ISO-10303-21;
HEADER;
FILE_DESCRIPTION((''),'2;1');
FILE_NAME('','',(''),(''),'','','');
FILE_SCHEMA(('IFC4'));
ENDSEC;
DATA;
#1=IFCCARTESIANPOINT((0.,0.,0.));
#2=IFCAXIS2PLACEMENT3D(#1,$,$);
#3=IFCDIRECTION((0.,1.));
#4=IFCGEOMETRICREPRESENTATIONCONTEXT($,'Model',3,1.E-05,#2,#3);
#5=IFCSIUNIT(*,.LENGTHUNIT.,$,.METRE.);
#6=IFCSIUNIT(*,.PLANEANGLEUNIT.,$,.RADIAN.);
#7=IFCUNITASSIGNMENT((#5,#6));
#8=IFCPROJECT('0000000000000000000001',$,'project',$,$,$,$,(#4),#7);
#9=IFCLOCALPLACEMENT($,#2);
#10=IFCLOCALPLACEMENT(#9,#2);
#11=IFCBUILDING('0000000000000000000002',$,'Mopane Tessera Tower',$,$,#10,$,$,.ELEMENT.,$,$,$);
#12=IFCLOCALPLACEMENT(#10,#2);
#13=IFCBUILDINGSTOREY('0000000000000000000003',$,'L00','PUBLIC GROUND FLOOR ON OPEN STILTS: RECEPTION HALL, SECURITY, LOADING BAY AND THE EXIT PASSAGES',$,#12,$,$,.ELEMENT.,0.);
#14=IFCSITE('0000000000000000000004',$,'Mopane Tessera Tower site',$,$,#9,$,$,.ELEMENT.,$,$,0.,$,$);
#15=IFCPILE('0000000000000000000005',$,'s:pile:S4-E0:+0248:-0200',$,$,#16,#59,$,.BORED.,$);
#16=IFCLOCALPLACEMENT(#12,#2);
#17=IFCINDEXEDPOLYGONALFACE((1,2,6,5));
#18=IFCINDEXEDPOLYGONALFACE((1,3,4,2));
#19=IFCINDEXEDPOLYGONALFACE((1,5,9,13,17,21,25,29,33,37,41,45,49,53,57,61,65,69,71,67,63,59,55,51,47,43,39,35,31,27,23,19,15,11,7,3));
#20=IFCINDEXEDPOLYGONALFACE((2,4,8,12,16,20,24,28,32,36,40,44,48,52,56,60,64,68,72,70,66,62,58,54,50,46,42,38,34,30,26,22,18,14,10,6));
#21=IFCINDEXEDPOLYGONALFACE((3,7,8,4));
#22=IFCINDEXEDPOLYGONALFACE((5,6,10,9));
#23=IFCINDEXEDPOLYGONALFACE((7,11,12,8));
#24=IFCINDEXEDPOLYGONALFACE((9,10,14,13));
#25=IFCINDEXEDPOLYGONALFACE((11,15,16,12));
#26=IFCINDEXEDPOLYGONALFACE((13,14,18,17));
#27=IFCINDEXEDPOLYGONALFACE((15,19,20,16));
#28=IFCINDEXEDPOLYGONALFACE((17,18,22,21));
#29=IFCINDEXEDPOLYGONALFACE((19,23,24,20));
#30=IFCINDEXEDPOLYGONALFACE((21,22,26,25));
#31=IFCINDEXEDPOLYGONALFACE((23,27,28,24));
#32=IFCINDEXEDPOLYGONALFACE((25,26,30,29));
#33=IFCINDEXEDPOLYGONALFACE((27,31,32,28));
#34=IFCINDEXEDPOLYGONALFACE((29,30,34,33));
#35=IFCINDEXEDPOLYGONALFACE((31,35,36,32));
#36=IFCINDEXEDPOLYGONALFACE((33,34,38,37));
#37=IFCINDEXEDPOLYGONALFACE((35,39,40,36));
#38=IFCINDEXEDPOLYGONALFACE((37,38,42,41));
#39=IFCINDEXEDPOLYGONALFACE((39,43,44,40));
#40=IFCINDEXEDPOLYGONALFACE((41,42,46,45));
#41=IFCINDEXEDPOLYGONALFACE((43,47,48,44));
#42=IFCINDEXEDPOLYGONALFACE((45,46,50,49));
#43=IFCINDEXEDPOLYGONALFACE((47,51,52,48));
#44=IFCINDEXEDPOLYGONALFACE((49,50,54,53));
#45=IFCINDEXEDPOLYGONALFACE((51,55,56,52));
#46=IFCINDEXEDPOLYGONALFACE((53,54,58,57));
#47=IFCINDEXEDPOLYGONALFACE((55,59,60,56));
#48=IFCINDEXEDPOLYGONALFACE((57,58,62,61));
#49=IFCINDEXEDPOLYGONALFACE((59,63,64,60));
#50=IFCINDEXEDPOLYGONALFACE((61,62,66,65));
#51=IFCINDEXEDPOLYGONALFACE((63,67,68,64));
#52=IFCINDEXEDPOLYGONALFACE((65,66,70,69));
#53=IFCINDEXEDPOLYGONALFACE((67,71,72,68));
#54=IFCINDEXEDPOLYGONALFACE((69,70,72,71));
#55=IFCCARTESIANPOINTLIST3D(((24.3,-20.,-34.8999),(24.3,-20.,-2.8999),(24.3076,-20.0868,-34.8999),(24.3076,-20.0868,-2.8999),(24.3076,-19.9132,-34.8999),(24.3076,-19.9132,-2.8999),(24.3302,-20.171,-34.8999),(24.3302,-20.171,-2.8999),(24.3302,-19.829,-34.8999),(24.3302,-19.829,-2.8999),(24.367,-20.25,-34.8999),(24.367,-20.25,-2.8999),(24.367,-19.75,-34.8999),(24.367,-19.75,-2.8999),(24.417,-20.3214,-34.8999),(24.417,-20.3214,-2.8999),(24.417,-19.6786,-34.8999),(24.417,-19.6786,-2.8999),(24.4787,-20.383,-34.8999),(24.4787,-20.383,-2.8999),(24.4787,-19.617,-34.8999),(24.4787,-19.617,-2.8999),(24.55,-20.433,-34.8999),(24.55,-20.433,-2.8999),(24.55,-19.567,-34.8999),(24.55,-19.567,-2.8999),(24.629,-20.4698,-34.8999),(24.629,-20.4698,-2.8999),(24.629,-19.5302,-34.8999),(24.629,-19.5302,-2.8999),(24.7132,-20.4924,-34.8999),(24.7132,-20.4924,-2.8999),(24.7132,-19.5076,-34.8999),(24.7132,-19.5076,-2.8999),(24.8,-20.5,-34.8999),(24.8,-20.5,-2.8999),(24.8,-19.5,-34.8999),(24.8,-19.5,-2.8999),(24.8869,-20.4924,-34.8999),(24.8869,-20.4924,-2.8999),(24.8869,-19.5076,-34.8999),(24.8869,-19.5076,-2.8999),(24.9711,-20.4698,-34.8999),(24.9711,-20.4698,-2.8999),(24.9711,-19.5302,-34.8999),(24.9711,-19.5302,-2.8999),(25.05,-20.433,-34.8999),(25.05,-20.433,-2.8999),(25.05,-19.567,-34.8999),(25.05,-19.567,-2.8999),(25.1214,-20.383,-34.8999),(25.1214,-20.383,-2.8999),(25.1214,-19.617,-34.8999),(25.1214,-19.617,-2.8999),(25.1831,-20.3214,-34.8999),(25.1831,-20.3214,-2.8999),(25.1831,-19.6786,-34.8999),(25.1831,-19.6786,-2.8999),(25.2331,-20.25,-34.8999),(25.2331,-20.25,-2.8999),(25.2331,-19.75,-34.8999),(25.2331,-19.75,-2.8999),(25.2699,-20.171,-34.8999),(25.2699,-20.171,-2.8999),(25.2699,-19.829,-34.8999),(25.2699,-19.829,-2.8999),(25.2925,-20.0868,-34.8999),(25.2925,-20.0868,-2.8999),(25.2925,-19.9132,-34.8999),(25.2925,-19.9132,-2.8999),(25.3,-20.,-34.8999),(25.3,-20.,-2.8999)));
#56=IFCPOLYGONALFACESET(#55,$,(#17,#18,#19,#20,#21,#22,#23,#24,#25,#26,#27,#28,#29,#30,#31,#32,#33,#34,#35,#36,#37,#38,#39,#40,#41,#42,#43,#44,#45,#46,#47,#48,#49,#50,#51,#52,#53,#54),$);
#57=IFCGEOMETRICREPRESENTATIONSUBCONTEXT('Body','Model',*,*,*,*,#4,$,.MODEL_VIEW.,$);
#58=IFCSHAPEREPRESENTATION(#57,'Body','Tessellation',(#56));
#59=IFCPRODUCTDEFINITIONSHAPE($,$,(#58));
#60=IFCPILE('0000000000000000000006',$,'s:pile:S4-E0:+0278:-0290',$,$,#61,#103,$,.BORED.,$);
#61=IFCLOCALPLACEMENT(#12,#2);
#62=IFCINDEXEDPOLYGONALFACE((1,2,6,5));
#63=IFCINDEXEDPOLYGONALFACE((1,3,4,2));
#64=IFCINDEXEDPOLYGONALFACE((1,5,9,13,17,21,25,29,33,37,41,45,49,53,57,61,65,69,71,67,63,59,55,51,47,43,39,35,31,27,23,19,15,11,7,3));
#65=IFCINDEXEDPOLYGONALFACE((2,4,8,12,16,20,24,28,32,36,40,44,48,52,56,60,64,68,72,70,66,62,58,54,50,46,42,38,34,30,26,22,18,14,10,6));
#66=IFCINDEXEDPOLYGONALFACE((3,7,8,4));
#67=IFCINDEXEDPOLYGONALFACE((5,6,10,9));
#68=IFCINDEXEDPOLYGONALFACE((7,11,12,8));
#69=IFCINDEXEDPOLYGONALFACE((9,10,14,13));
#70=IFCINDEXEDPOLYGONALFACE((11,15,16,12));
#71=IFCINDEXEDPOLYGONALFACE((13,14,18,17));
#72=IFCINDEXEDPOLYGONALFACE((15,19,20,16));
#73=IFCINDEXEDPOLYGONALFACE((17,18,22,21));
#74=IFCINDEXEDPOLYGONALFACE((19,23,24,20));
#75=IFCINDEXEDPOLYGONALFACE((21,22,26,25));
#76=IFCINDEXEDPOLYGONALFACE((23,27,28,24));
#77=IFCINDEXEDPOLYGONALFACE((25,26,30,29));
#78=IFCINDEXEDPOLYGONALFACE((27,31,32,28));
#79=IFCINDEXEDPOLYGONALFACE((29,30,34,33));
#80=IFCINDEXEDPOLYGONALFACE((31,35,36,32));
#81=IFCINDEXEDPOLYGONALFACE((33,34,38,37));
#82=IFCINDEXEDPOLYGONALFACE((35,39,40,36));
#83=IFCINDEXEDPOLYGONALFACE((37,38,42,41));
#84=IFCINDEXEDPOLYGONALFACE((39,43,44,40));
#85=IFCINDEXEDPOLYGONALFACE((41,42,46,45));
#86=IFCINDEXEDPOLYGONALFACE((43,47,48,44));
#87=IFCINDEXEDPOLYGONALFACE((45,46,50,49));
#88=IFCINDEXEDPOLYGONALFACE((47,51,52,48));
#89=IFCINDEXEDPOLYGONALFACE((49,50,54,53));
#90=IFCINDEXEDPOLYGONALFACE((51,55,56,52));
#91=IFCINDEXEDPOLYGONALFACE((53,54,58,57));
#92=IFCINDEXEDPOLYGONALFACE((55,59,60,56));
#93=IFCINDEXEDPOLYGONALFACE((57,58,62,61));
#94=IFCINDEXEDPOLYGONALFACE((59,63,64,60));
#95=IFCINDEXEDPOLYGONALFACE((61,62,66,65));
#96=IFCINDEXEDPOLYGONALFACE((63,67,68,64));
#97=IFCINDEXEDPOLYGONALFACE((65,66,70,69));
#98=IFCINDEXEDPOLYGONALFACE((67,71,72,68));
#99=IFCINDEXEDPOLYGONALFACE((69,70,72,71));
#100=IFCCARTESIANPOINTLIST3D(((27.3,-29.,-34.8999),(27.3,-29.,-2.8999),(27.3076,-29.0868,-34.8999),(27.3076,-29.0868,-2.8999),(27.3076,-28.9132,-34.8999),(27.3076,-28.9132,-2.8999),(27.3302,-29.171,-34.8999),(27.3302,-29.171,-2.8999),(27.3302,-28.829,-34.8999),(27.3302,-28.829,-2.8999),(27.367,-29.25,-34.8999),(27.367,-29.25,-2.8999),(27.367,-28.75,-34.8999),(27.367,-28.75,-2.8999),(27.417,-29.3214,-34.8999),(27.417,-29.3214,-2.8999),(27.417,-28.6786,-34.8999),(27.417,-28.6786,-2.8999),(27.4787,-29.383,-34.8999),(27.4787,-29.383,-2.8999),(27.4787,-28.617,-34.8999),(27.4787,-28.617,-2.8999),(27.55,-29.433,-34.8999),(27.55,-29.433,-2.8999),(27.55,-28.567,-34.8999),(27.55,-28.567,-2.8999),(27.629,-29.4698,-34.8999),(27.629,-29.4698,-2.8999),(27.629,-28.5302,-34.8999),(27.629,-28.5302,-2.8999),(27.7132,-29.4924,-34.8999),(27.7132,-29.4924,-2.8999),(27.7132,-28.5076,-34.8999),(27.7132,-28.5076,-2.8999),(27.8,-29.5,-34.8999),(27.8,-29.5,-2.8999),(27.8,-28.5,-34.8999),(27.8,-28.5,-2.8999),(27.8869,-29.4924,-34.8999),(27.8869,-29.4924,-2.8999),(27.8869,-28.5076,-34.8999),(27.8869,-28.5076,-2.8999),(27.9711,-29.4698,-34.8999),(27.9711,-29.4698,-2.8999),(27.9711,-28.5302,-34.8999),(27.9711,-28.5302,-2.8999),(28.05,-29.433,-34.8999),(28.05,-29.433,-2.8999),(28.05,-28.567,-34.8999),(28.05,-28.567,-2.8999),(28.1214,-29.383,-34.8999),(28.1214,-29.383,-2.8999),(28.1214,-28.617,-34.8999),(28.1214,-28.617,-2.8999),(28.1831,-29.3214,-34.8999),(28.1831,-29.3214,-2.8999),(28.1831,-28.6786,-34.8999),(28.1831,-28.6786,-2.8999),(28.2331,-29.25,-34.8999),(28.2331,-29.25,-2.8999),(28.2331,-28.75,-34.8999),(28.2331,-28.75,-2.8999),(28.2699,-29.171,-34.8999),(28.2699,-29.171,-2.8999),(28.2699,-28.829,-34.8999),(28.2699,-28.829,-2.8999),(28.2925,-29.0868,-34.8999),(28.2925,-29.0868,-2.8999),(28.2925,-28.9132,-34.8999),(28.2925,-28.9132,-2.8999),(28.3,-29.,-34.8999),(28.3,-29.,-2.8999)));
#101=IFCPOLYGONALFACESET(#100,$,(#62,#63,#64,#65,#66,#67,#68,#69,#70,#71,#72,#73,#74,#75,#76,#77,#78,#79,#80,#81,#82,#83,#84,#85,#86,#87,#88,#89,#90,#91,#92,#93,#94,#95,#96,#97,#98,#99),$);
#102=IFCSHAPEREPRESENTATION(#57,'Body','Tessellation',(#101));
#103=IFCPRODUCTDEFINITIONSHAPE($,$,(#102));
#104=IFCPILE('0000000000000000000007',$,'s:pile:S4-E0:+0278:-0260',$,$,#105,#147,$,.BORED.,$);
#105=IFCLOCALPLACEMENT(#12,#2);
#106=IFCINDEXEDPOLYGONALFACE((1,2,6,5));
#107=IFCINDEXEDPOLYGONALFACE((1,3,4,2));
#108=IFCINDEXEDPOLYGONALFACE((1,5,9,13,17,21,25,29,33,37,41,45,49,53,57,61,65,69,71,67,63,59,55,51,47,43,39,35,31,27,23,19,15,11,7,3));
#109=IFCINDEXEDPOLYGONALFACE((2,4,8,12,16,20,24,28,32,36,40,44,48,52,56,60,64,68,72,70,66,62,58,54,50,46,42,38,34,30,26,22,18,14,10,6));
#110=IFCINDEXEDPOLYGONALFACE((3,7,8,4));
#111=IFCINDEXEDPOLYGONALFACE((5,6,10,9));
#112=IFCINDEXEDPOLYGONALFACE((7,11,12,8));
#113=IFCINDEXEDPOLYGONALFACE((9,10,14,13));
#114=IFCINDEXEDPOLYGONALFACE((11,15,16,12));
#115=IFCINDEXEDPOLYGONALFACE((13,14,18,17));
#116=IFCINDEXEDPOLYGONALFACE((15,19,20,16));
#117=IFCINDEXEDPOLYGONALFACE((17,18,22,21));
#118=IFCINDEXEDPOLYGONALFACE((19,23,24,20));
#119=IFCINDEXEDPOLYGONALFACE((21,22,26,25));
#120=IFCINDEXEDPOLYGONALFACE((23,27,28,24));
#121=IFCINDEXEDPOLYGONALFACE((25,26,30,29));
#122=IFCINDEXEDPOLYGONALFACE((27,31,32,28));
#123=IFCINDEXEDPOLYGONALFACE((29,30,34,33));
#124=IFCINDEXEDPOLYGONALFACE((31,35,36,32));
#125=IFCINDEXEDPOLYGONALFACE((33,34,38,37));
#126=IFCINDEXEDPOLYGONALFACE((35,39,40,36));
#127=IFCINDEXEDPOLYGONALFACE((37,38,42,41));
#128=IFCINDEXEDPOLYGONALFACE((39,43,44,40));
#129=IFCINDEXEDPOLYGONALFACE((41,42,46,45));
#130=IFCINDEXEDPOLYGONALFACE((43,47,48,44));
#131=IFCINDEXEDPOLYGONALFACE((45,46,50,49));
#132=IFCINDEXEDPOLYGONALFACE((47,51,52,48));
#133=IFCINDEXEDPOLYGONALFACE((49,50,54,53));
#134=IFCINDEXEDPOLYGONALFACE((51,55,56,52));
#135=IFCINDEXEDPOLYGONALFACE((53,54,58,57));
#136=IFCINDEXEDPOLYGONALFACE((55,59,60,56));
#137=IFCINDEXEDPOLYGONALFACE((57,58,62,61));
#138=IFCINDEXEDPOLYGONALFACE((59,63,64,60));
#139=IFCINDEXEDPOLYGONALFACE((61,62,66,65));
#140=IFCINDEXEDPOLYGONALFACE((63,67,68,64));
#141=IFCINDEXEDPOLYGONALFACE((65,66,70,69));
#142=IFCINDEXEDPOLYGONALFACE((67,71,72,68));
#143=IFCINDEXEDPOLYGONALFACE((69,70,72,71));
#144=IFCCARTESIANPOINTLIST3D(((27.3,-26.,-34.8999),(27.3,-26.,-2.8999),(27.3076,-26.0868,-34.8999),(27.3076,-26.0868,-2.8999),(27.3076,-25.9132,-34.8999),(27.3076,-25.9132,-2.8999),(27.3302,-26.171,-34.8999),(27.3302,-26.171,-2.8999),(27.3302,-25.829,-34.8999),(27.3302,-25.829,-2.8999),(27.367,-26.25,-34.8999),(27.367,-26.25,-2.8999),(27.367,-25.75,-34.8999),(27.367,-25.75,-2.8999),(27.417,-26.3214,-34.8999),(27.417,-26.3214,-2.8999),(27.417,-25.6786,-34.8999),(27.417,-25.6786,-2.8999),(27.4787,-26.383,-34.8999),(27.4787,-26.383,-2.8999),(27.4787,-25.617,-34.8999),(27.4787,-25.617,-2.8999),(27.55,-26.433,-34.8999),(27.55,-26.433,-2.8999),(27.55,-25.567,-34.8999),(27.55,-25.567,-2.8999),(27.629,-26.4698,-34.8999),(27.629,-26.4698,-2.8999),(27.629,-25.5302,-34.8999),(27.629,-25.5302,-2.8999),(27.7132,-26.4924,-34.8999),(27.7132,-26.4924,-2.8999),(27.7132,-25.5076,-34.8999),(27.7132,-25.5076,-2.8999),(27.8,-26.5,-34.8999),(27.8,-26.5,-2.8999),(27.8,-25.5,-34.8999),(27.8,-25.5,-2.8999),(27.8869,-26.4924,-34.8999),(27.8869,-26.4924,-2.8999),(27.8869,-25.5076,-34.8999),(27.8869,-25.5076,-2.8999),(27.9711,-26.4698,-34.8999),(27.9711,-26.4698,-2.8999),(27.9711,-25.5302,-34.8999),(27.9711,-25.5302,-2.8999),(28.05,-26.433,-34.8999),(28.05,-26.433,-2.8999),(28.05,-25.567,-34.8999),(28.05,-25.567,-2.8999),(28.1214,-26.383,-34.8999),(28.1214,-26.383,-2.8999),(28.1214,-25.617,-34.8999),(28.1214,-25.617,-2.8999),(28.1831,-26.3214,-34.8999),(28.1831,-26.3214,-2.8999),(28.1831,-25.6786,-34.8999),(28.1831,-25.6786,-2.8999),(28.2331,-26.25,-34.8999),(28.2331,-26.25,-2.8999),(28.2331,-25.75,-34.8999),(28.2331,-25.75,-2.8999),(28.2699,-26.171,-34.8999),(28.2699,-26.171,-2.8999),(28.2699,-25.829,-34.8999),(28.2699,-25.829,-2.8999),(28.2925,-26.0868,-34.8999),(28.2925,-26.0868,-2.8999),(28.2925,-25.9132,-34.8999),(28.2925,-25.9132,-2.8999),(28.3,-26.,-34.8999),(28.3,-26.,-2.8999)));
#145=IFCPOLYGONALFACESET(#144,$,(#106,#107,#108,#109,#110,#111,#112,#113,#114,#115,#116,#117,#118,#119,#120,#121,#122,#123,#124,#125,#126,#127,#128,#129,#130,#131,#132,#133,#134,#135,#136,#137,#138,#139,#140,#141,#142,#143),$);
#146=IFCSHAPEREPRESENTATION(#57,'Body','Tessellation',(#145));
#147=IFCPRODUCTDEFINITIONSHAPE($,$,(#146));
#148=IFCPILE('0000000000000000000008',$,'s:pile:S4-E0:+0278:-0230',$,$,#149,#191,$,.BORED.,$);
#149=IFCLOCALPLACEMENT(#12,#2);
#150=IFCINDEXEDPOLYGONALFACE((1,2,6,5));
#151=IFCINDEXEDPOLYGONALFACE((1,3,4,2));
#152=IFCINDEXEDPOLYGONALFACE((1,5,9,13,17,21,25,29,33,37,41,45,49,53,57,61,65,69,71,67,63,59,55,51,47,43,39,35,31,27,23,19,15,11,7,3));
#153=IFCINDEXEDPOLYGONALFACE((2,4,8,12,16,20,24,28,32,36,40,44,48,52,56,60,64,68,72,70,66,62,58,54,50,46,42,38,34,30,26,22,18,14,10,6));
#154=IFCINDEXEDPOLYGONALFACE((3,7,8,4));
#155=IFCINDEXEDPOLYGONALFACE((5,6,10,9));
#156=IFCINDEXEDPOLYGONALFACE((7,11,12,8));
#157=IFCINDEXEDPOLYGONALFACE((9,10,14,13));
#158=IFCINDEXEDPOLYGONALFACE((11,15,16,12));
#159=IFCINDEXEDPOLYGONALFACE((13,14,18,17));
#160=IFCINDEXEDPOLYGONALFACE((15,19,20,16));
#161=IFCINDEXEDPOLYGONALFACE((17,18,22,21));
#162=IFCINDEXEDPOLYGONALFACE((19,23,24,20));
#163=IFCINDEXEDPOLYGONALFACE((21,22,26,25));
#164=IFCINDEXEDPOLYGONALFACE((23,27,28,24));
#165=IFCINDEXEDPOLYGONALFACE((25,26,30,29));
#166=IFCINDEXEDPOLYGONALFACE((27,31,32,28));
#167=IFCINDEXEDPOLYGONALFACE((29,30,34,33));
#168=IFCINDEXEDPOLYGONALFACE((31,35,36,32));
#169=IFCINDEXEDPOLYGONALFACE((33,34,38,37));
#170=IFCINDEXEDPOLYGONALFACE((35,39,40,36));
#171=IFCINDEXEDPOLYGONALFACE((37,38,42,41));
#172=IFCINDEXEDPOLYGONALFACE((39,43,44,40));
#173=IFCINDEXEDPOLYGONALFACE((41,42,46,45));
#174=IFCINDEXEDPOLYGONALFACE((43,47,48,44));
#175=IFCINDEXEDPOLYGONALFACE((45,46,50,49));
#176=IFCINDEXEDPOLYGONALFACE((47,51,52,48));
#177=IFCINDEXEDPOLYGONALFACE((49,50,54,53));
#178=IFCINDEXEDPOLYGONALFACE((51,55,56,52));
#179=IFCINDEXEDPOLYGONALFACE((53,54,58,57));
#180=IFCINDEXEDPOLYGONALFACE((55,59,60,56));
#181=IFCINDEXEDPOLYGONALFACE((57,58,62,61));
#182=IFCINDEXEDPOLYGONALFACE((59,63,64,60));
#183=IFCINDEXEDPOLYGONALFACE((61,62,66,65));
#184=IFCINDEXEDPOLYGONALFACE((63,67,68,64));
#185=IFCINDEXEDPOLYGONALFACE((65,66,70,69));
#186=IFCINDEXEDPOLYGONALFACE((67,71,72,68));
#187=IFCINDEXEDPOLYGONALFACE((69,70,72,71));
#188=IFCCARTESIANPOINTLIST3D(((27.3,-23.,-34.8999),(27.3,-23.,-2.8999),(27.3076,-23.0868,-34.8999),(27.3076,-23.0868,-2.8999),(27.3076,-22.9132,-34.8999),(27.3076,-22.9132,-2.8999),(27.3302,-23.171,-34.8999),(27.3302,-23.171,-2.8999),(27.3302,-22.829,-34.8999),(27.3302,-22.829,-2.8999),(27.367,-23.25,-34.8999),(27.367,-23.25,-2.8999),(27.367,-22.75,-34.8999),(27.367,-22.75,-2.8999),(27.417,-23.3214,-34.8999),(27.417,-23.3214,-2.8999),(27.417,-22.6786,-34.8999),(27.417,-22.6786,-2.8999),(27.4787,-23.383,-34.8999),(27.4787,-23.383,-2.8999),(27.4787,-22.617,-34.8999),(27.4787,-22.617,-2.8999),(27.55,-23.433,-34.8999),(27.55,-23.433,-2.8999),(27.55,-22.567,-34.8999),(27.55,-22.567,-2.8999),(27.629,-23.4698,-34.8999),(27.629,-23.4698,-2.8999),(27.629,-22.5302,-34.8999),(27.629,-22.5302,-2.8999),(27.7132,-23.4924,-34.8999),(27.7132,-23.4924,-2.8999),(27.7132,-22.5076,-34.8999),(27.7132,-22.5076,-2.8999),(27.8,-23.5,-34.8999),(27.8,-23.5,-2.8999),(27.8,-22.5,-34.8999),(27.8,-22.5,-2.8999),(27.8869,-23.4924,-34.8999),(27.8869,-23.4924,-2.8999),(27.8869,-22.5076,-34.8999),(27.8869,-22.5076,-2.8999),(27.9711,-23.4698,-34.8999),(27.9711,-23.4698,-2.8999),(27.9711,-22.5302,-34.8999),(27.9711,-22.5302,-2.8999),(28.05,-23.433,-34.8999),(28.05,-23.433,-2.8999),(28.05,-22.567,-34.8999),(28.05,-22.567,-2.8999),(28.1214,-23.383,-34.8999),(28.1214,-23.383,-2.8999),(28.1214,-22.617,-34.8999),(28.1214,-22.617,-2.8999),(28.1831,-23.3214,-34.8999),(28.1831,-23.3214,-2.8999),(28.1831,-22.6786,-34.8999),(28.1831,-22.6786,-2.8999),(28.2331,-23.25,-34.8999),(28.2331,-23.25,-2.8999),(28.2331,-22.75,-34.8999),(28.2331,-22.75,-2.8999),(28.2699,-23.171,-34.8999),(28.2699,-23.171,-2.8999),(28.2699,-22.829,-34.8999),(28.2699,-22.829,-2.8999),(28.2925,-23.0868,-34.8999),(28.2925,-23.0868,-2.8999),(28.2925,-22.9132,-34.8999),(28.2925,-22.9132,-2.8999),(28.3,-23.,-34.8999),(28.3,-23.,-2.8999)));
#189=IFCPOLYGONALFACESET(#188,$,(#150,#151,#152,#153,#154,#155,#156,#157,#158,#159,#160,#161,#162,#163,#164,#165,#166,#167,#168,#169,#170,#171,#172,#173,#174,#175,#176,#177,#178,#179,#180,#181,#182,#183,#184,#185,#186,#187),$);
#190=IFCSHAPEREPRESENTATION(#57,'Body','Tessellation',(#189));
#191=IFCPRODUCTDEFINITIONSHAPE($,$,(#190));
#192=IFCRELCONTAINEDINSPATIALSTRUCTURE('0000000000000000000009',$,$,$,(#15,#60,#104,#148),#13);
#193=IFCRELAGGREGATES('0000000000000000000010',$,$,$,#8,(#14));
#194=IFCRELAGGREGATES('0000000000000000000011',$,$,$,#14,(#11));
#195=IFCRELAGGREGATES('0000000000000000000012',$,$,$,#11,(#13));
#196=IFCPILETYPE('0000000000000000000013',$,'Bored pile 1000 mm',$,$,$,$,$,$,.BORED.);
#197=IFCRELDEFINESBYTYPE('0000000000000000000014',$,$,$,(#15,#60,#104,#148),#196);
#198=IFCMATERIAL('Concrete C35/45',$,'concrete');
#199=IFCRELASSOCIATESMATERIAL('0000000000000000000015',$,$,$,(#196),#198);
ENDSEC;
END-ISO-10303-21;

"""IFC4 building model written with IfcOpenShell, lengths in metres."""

from ifc_helpers import new_model, si_unit, direction, frame, origin, origin_2d, place, context, subcontext, project, spatial, circle, extrude, material, material_profile, profile_set, type_object, element, save


model = new_model("IFC4")

# Units and contexts
model_context = context("Model", 3, precision=1e-05, world=origin(), true_north=direction((0.0, 1.0)))
body_context = subcontext(model_context, "Body", "Model", "MODEL_VIEW")
ifc_project = project(units=[si_unit("LENGTHUNIT", "METRE"), si_unit("PLANEANGLEUNIT", "RADIAN")], contexts=[model_context])

# Site, building, storey
site_placement = place(None, origin())
site = spatial("IfcSite", under=ifc_project, at=site_placement, Name="Mopane Tessera Tower site", CompositionType="ELEMENT", RefElevation=0.0)
building_placement = place(site_placement, origin())
building = spatial("IfcBuilding", under=site, at=building_placement, Name="Mopane Tessera Tower", CompositionType="ELEMENT")
storey_placement = place(building_placement, origin())
storey = spatial("IfcBuildingStorey", under=building, at=storey_placement, Name="L00", Description="PUBLIC GROUND FLOOR ON OPEN STILTS: RECEPTION HALL, SECURITY, LOADING BAY AND THE EXIT PASSAGES", CompositionType="ELEMENT", Elevation=0.0)

# Piles
ifc_material_1 = material(Name="Concrete C35/45", Category="concrete")
ifc_material_profile_1 = material_profile(ifc_material_1, circle(Radius=0.5, at=origin_2d()))
ifc_profile_set_1 = profile_set([ifc_material_profile_1], Name="Concrete C35/45")
pile_type_1 = type_object("IfcPileType", Name="Bored pile 1000 mm", PredefinedType="BORED", material=ifc_profile_set_1)
for number, where, z_axis, x_axis, name in (
    (1, (24.8, -20.0, -2.8999), (0.0, 0.0, -1.0), (1.0, 0.0, 0.0), "s:pile:S4-E0:+0248:-0200"),
    (2, (27.8, -29.0, -2.8999), (0.0, 0.0, -1.0), (1.0, 0.0, 0.0), "s:pile:S4-E0:+0278:-0290"),
    (3, (27.8, -26.0, -2.8999), (0.0, 0.0, -1.0), (1.0, 0.0, 0.0), "s:pile:S4-E0:+0278:-0260"),
    (4, (27.8, -23.0, -2.8999), (0.0, 0.0, -1.0), (1.0, 0.0, 0.0), "s:pile:S4-E0:+0278:-0230"),
):
    element("IfcPile", number, at=place(storey_placement, frame(where, z_axis=z_axis, x_axis=x_axis)), inside=storey, type_object=pile_type_1, Name=name, PredefinedType="BORED", context=body_context, shape_type="SweptSolid", body=[
        extrude(circle(Radius=0.5, at=origin_2d()), origin(), (0.0, 0.0, 1.0), 32.0),
    ])

save(model, "model.ifc")
